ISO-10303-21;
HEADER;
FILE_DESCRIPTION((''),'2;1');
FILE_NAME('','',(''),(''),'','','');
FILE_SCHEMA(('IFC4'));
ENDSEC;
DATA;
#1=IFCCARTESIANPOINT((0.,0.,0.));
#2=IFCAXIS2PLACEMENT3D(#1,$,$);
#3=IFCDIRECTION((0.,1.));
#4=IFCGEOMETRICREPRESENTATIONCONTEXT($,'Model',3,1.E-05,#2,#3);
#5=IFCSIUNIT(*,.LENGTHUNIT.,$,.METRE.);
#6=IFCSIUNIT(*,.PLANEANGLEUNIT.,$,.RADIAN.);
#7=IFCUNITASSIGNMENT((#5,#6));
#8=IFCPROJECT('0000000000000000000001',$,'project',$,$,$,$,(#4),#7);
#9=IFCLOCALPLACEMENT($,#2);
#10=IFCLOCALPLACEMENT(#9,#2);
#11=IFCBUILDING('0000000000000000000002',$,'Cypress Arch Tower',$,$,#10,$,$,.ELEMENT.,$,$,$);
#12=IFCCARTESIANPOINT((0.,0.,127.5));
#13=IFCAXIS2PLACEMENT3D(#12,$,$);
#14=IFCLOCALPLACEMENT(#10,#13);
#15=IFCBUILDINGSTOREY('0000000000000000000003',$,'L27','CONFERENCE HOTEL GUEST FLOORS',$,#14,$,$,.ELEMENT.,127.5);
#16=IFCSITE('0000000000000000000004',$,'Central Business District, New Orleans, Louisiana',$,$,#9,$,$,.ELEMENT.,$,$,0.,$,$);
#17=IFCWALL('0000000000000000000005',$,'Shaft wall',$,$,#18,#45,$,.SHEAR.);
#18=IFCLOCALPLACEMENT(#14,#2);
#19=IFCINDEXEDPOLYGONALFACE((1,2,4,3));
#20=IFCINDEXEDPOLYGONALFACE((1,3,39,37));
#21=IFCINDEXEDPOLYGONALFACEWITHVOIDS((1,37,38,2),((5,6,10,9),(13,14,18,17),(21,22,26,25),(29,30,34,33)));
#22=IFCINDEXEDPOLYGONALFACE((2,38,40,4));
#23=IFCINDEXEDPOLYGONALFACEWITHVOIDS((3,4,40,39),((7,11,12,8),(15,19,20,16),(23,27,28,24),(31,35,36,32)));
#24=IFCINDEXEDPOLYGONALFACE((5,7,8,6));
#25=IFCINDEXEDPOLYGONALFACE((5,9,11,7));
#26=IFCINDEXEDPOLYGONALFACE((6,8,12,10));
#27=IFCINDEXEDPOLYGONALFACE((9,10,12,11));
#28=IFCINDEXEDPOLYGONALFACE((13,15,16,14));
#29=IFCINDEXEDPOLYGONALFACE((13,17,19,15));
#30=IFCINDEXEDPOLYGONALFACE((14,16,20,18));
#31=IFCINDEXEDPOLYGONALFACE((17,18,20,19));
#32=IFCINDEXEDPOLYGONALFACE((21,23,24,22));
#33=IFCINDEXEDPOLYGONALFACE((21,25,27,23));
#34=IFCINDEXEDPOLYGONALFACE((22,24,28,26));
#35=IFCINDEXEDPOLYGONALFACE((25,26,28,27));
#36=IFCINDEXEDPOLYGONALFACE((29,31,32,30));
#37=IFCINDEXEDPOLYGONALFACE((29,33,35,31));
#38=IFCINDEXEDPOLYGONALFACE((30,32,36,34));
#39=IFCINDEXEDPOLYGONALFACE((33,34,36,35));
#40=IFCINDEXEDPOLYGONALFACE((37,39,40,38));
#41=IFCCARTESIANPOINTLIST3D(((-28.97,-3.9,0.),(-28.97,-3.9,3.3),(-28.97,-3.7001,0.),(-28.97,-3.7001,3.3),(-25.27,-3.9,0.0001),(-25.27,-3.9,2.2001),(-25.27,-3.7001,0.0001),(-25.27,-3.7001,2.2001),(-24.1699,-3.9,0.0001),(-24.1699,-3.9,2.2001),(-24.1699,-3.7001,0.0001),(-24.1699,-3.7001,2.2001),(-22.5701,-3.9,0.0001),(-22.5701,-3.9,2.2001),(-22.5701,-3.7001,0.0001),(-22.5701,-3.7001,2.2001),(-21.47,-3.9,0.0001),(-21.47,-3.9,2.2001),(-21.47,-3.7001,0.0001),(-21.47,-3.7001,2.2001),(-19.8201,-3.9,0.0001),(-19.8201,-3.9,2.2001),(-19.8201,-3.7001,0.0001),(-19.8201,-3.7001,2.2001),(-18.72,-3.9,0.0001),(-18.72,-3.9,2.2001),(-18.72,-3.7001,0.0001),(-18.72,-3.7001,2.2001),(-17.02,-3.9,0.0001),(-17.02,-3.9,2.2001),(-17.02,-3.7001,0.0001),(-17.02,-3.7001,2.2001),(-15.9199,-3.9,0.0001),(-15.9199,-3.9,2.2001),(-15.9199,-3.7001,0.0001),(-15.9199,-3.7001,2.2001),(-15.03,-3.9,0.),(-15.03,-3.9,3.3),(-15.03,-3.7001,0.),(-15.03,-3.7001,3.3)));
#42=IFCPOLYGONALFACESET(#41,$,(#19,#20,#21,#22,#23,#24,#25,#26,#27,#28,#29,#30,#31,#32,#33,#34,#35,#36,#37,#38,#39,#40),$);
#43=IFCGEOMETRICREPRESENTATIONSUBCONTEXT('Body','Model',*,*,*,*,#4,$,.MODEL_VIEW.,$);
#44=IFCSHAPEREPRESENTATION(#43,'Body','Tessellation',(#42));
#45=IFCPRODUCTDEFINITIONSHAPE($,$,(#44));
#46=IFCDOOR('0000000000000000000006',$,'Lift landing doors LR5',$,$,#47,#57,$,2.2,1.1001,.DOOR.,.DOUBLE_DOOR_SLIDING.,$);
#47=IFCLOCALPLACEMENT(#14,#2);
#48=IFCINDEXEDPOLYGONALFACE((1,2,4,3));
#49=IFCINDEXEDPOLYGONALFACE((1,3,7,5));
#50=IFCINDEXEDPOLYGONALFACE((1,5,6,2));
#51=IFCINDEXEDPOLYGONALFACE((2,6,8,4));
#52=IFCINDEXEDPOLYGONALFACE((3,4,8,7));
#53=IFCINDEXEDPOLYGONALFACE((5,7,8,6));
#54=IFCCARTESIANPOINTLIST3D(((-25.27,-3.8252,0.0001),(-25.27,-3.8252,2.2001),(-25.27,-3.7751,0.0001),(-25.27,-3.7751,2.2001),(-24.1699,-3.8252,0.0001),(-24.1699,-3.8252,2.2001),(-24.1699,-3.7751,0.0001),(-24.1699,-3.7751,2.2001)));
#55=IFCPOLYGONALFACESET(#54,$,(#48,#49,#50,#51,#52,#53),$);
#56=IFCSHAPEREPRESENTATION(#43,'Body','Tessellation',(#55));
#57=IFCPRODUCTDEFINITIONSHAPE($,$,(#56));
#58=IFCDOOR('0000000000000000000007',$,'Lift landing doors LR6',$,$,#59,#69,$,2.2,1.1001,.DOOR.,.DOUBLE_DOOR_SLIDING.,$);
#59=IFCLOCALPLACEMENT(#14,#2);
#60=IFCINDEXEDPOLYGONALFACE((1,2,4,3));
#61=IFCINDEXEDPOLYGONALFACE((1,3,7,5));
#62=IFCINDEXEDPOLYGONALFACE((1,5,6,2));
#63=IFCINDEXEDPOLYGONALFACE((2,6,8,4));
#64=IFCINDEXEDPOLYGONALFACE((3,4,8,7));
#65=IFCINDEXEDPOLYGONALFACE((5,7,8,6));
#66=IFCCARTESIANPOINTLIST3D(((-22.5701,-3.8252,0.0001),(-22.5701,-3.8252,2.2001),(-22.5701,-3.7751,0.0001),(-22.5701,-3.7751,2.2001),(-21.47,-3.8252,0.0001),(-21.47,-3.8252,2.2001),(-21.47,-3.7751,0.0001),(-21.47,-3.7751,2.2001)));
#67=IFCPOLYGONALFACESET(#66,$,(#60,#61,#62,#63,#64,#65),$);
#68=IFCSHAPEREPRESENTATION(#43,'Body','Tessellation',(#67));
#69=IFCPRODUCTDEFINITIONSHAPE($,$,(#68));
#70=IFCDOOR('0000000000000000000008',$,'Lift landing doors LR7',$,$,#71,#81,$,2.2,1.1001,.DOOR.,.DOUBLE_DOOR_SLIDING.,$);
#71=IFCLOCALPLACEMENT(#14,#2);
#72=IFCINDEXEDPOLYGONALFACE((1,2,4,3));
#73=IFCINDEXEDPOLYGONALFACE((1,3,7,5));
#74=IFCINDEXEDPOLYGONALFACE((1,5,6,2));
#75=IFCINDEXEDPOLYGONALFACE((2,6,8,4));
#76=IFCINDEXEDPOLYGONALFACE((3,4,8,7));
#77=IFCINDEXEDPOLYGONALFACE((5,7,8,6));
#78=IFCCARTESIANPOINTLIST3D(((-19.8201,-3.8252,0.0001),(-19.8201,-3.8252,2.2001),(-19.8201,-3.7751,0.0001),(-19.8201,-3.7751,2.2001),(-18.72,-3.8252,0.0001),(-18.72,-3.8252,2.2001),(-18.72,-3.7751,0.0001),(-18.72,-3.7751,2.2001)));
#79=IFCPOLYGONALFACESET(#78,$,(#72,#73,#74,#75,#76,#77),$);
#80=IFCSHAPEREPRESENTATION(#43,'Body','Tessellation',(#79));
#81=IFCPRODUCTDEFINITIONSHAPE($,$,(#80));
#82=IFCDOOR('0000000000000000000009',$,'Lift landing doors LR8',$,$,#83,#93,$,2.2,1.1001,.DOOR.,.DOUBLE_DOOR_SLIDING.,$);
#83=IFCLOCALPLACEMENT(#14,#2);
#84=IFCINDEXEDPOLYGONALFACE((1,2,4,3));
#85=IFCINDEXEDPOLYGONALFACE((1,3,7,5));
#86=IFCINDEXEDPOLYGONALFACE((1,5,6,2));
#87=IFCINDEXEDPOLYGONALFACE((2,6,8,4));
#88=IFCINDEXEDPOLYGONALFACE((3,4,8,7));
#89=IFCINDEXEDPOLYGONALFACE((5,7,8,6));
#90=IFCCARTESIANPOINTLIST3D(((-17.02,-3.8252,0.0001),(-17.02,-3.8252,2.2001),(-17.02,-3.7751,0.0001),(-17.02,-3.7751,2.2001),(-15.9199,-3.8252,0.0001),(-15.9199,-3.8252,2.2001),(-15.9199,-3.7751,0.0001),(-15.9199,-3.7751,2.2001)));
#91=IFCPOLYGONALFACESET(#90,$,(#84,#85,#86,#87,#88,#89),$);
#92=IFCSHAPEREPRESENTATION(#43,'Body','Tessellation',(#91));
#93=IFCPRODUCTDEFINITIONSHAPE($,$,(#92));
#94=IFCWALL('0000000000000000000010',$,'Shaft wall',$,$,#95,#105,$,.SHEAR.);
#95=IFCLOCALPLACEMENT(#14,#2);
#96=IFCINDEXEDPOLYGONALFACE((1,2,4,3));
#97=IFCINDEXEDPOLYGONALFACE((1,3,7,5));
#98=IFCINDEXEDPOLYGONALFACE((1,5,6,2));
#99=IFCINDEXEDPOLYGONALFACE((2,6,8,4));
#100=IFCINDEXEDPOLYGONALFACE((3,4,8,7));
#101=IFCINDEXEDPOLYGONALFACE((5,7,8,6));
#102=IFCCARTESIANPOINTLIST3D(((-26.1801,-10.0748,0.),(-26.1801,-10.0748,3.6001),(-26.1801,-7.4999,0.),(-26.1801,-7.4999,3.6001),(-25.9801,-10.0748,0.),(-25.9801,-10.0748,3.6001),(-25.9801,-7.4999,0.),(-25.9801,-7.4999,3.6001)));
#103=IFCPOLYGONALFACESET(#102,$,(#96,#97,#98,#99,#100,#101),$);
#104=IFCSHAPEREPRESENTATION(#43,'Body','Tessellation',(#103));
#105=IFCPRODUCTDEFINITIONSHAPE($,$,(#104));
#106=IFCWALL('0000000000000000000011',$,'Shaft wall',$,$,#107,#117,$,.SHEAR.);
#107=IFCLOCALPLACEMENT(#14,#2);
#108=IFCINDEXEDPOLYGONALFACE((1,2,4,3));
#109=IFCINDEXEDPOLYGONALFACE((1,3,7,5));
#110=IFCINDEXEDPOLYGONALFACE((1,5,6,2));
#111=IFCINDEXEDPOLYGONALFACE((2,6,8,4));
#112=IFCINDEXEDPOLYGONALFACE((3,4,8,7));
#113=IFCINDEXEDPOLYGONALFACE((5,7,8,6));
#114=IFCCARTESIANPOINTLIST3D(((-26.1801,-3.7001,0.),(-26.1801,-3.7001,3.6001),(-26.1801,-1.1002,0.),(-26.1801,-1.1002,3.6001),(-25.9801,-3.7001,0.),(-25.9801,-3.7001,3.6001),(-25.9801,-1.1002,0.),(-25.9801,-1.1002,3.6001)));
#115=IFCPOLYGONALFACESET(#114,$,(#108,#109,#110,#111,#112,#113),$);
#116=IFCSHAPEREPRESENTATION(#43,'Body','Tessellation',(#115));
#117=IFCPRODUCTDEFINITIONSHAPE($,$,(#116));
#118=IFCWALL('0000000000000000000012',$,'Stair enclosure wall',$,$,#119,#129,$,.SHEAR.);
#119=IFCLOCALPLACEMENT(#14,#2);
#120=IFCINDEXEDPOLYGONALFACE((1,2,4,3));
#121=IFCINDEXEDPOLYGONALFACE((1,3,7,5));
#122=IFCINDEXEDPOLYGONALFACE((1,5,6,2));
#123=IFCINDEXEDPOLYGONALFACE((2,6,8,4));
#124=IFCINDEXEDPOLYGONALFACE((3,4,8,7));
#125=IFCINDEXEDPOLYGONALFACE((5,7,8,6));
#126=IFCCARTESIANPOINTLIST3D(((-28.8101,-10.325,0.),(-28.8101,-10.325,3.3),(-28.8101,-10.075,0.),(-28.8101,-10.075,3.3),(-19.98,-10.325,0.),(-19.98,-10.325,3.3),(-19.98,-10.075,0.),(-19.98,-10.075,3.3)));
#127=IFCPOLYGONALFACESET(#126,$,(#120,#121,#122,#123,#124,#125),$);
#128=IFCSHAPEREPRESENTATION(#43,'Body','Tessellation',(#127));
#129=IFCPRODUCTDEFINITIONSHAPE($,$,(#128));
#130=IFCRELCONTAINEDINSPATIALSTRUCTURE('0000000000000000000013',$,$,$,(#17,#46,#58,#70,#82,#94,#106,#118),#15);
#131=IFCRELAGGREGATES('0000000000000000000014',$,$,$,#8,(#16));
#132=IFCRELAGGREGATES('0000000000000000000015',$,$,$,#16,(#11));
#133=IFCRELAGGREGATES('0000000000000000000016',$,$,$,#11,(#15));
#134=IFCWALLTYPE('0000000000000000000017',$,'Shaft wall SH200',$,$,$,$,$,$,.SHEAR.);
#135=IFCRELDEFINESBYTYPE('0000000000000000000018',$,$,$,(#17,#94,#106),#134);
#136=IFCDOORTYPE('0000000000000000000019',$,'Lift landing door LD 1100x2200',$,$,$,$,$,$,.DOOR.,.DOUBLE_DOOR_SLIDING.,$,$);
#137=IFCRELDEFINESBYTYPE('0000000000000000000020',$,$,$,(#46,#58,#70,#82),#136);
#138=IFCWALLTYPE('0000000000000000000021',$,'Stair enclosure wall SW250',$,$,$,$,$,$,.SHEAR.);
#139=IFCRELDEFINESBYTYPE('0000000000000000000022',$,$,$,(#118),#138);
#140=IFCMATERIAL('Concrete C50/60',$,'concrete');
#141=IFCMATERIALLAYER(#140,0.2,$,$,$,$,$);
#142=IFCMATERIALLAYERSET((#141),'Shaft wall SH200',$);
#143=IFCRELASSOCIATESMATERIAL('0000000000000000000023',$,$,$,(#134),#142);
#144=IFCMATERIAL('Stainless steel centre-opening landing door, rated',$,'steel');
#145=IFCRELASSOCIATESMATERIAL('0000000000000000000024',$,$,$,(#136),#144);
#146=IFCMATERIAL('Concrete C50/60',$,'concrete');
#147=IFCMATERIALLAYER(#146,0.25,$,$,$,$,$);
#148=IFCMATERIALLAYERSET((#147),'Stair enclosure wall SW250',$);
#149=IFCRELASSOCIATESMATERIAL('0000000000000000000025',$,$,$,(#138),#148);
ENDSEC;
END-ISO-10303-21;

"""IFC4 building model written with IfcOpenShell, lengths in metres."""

from ifc_helpers import new_model, si_unit, direction, frame, frame_2d, origin, place, context, subcontext, project, spatial, rectangle, extrude, material, layer, layer_set, type_object, element, fill, save


model = new_model("IFC4")

# Units and contexts
model_context = context("Model", 3, precision=1e-05, world=origin(), true_north=direction((0.0, 1.0)))
body_context = subcontext(model_context, "Body", "Model", "MODEL_VIEW")
ifc_project = project(units=[si_unit("LENGTHUNIT", "METRE"), si_unit("PLANEANGLEUNIT", "RADIAN")], contexts=[model_context])

# Site, building, storey
site_placement = place(None, origin())
site = spatial("IfcSite", under=ifc_project, at=site_placement, Name="Central Business District, New Orleans, Louisiana", CompositionType="ELEMENT", RefElevation=0.0)
building_placement = place(site_placement, origin())
building = spatial("IfcBuilding", under=site, at=building_placement, Name="Cypress Arch Tower", CompositionType="ELEMENT")
storey_placement = place(building_placement, frame((0.0, 0.0, 127.5)))
storey = spatial("IfcBuildingStorey", under=building, at=storey_placement, Name="L27", Description="CONFERENCE HOTEL GUEST FLOORS", CompositionType="ELEMENT", Elevation=127.5)

# Wall, openings, doors
ifc_material_1 = material(Name="Concrete C50/60", Category="concrete")
ifc_layer_1 = layer(ifc_material_1, 0.2)
ifc_layer_set_1 = layer_set([ifc_layer_1], Name="Shaft wall SH200")
wall_type_1 = type_object("IfcWallType", Name="Shaft wall SH200", PredefinedType="SHEAR", material=ifc_layer_set_1)
ifc_material_2 = material(Name="Stainless steel centre-opening landing door, rated", Category="steel")
door_type_1 = type_object("IfcDoorType", Name="Lift landing door LD 1100x2200", OperationType="DOUBLE_DOOR_SLIDING", PredefinedType="DOOR", material=ifc_material_2)
wall_1_placement = place(storey_placement, frame((-28.97, -3.8, 0.0), z_axis=(0.0, 0.0, 1.0), x_axis=(1.0, 0.0, 0.0)))
wall_1 = element("IfcWall", 1, at=wall_1_placement, inside=storey, type_object=wall_type_1, Name="Shaft wall", PredefinedType="SHEAR", context=body_context, shape_type="SweptSolid", body=[
    extrude(rectangle(XDim=13.9399, YDim=0.2, at=frame_2d((6.97, 0.0))), origin(), (0.0, 0.0, 1.0), 3.3),
])
opening_1_placement = place(wall_1_placement, frame((3.7, 0.0, 0.0)))
opening_1 = element("IfcOpeningElement", 2, at=opening_1_placement, cuts=wall_1, PredefinedType="OPENING", context=body_context, shape_type="SweptSolid", body=[
    extrude(rectangle(XDim=1.1001, YDim=2.2, at=frame_2d((0.55, 1.1001))), frame((0.0, 0.1099, 0.0), z_axis=(0.0, -1.0, 0.0), x_axis=(1.0, 0.0, 0.0)), (0.0, 0.0, 1.0), 0.22),
])
opening_2_placement = place(wall_1_placement, frame((6.3999, 0.0, 0.0)))
opening_2 = element("IfcOpeningElement", 3, at=opening_2_placement, cuts=wall_1, PredefinedType="OPENING", context=body_context, shape_type="SweptSolid", body=[
    extrude(rectangle(XDim=1.1001, YDim=2.2, at=frame_2d((0.55, 1.1001))), frame((0.0, 0.1099, 0.0), z_axis=(0.0, -1.0, 0.0), x_axis=(1.0, 0.0, 0.0)), (0.0, 0.0, 1.0), 0.22),
])
opening_3_placement = place(wall_1_placement, frame((9.1499, 0.0, 0.0)))
opening_3 = element("IfcOpeningElement", 4, at=opening_3_placement, cuts=wall_1, PredefinedType="OPENING", context=body_context, shape_type="SweptSolid", body=[
    extrude(rectangle(XDim=1.1001, YDim=2.2, at=frame_2d((0.55, 1.1001))), frame((0.0, 0.1099, 0.0), z_axis=(0.0, -1.0, 0.0), x_axis=(1.0, 0.0, 0.0)), (0.0, 0.0, 1.0), 0.22),
])
opening_4_placement = place(wall_1_placement, frame((11.95, 0.0, 0.0)))
opening_4 = element("IfcOpeningElement", 5, at=opening_4_placement, cuts=wall_1, PredefinedType="OPENING", context=body_context, shape_type="SweptSolid", body=[
    extrude(rectangle(XDim=1.1001, YDim=2.2, at=frame_2d((0.55, 1.1001))), frame((0.0, 0.1099, 0.0), z_axis=(0.0, -1.0, 0.0), x_axis=(1.0, 0.0, 0.0)), (0.0, 0.0, 1.0), 0.22),
])
door_1_placement = place(opening_1_placement, origin())
door_1 = element("IfcDoor", 6, at=door_1_placement, inside=storey, type_object=door_type_1, Name="Lift landing doors LR5", OperationType="DOUBLE_DOOR_SLIDING", OverallHeight=2.2, OverallWidth=1.1001, PredefinedType="DOOR", context=body_context, shape_type="SweptSolid", body=[
    extrude(rectangle(XDim=1.1001, YDim=2.2, at=frame_2d((0.55, 1.1001))), frame((0.0, 0.0249, 0.0), z_axis=(0.0, -1.0, 0.0), x_axis=(1.0, 0.0, 0.0)), (0.0, 0.0, 1.0), 0.05),
])
fill(opening_1, door_1)
door_2_placement = place(opening_2_placement, origin())
door_2 = element("IfcDoor", 7, at=door_2_placement, inside=storey, type_object=door_type_1, Name="Lift landing doors LR6", OperationType="DOUBLE_DOOR_SLIDING", OverallHeight=2.2, OverallWidth=1.1001, PredefinedType="DOOR", context=body_context, shape_type="SweptSolid", body=[
    extrude(rectangle(XDim=1.1001, YDim=2.2, at=frame_2d((0.55, 1.1001))), frame((0.0, 0.0249, 0.0), z_axis=(0.0, -1.0, 0.0), x_axis=(1.0, 0.0, 0.0)), (0.0, 0.0, 1.0), 0.05),
])
fill(opening_2, door_2)
door_3_placement = place(opening_3_placement, origin())
door_3 = element("IfcDoor", 8, at=door_3_placement, inside=storey, type_object=door_type_1, Name="Lift landing doors LR7", OperationType="DOUBLE_DOOR_SLIDING", OverallHeight=2.2, OverallWidth=1.1001, PredefinedType="DOOR", context=body_context, shape_type="SweptSolid", body=[
    extrude(rectangle(XDim=1.1001, YDim=2.2, at=frame_2d((0.55, 1.1001))), frame((0.0, 0.0249, 0.0), z_axis=(0.0, -1.0, 0.0), x_axis=(1.0, 0.0, 0.0)), (0.0, 0.0, 1.0), 0.05),
])
fill(opening_3, door_3)
door_4_placement = place(opening_4_placement, origin())
door_4 = element("IfcDoor", 9, at=door_4_placement, inside=storey, type_object=door_type_1, Name="Lift landing doors LR8", OperationType="DOUBLE_DOOR_SLIDING", OverallHeight=2.2, OverallWidth=1.1001, PredefinedType="DOOR", context=body_context, shape_type="SweptSolid", body=[
    extrude(rectangle(XDim=1.1001, YDim=2.2, at=frame_2d((0.55, 1.1001))), frame((0.0, 0.0249, 0.0), z_axis=(0.0, -1.0, 0.0), x_axis=(1.0, 0.0, 0.0)), (0.0, 0.0, 1.0), 0.05),
])
fill(opening_4, door_4)

# Walls
wall_2_placement = place(storey_placement, frame((-26.0801, -10.075, 0.0), z_axis=(0.0, 0.0, 1.0), x_axis=(0.0, 1.0, 0.0)))
element("IfcWall", 10, at=wall_2_placement, inside=storey, type_object=wall_type_1, Name="Shaft wall", PredefinedType="SHEAR", context=body_context, shape_type="SweptSolid", body=[
    extrude(rectangle(XDim=2.575, YDim=0.2, at=frame_2d((1.2876, 0.0))), origin(), (0.0, 0.0, 1.0), 3.6001),
])
wall_3_placement = place(storey_placement, frame((-26.0801, -3.7, 0.0), z_axis=(0.0, 0.0, 1.0), x_axis=(0.0, 1.0, 0.0)))
element("IfcWall", 11, at=wall_3_placement, inside=storey, type_object=wall_type_1, Name="Shaft wall", PredefinedType="SHEAR", context=body_context, shape_type="SweptSolid", body=[
    extrude(rectangle(XDim=2.5999, YDim=0.2, at=frame_2d((1.2998, 0.0))), origin(), (0.0, 0.0, 1.0), 3.6001),
])
ifc_material_3 = material(Name="Concrete C50/60", Category="concrete")
ifc_layer_2 = layer(ifc_material_3, 0.25)
ifc_layer_set_2 = layer_set([ifc_layer_2], Name="Stair enclosure wall SW250")
wall_type_2 = type_object("IfcWallType", Name="Stair enclosure wall SW250", PredefinedType="SHEAR", material=ifc_layer_set_2)
wall_4_placement = place(storey_placement, frame((-28.8101, -10.2, 0.0), z_axis=(0.0, 0.0, 1.0), x_axis=(1.0, 0.0, 0.0)))
element("IfcWall", 12, at=wall_4_placement, inside=storey, type_object=wall_type_2, Name="Stair enclosure wall", PredefinedType="SHEAR", context=body_context, shape_type="SweptSolid", body=[
    extrude(rectangle(XDim=8.8301, YDim=0.25, at=frame_2d((4.415, 0.0))), origin(), (0.0, 0.0, 1.0), 3.3),
])

save(model, "model.ifc")
